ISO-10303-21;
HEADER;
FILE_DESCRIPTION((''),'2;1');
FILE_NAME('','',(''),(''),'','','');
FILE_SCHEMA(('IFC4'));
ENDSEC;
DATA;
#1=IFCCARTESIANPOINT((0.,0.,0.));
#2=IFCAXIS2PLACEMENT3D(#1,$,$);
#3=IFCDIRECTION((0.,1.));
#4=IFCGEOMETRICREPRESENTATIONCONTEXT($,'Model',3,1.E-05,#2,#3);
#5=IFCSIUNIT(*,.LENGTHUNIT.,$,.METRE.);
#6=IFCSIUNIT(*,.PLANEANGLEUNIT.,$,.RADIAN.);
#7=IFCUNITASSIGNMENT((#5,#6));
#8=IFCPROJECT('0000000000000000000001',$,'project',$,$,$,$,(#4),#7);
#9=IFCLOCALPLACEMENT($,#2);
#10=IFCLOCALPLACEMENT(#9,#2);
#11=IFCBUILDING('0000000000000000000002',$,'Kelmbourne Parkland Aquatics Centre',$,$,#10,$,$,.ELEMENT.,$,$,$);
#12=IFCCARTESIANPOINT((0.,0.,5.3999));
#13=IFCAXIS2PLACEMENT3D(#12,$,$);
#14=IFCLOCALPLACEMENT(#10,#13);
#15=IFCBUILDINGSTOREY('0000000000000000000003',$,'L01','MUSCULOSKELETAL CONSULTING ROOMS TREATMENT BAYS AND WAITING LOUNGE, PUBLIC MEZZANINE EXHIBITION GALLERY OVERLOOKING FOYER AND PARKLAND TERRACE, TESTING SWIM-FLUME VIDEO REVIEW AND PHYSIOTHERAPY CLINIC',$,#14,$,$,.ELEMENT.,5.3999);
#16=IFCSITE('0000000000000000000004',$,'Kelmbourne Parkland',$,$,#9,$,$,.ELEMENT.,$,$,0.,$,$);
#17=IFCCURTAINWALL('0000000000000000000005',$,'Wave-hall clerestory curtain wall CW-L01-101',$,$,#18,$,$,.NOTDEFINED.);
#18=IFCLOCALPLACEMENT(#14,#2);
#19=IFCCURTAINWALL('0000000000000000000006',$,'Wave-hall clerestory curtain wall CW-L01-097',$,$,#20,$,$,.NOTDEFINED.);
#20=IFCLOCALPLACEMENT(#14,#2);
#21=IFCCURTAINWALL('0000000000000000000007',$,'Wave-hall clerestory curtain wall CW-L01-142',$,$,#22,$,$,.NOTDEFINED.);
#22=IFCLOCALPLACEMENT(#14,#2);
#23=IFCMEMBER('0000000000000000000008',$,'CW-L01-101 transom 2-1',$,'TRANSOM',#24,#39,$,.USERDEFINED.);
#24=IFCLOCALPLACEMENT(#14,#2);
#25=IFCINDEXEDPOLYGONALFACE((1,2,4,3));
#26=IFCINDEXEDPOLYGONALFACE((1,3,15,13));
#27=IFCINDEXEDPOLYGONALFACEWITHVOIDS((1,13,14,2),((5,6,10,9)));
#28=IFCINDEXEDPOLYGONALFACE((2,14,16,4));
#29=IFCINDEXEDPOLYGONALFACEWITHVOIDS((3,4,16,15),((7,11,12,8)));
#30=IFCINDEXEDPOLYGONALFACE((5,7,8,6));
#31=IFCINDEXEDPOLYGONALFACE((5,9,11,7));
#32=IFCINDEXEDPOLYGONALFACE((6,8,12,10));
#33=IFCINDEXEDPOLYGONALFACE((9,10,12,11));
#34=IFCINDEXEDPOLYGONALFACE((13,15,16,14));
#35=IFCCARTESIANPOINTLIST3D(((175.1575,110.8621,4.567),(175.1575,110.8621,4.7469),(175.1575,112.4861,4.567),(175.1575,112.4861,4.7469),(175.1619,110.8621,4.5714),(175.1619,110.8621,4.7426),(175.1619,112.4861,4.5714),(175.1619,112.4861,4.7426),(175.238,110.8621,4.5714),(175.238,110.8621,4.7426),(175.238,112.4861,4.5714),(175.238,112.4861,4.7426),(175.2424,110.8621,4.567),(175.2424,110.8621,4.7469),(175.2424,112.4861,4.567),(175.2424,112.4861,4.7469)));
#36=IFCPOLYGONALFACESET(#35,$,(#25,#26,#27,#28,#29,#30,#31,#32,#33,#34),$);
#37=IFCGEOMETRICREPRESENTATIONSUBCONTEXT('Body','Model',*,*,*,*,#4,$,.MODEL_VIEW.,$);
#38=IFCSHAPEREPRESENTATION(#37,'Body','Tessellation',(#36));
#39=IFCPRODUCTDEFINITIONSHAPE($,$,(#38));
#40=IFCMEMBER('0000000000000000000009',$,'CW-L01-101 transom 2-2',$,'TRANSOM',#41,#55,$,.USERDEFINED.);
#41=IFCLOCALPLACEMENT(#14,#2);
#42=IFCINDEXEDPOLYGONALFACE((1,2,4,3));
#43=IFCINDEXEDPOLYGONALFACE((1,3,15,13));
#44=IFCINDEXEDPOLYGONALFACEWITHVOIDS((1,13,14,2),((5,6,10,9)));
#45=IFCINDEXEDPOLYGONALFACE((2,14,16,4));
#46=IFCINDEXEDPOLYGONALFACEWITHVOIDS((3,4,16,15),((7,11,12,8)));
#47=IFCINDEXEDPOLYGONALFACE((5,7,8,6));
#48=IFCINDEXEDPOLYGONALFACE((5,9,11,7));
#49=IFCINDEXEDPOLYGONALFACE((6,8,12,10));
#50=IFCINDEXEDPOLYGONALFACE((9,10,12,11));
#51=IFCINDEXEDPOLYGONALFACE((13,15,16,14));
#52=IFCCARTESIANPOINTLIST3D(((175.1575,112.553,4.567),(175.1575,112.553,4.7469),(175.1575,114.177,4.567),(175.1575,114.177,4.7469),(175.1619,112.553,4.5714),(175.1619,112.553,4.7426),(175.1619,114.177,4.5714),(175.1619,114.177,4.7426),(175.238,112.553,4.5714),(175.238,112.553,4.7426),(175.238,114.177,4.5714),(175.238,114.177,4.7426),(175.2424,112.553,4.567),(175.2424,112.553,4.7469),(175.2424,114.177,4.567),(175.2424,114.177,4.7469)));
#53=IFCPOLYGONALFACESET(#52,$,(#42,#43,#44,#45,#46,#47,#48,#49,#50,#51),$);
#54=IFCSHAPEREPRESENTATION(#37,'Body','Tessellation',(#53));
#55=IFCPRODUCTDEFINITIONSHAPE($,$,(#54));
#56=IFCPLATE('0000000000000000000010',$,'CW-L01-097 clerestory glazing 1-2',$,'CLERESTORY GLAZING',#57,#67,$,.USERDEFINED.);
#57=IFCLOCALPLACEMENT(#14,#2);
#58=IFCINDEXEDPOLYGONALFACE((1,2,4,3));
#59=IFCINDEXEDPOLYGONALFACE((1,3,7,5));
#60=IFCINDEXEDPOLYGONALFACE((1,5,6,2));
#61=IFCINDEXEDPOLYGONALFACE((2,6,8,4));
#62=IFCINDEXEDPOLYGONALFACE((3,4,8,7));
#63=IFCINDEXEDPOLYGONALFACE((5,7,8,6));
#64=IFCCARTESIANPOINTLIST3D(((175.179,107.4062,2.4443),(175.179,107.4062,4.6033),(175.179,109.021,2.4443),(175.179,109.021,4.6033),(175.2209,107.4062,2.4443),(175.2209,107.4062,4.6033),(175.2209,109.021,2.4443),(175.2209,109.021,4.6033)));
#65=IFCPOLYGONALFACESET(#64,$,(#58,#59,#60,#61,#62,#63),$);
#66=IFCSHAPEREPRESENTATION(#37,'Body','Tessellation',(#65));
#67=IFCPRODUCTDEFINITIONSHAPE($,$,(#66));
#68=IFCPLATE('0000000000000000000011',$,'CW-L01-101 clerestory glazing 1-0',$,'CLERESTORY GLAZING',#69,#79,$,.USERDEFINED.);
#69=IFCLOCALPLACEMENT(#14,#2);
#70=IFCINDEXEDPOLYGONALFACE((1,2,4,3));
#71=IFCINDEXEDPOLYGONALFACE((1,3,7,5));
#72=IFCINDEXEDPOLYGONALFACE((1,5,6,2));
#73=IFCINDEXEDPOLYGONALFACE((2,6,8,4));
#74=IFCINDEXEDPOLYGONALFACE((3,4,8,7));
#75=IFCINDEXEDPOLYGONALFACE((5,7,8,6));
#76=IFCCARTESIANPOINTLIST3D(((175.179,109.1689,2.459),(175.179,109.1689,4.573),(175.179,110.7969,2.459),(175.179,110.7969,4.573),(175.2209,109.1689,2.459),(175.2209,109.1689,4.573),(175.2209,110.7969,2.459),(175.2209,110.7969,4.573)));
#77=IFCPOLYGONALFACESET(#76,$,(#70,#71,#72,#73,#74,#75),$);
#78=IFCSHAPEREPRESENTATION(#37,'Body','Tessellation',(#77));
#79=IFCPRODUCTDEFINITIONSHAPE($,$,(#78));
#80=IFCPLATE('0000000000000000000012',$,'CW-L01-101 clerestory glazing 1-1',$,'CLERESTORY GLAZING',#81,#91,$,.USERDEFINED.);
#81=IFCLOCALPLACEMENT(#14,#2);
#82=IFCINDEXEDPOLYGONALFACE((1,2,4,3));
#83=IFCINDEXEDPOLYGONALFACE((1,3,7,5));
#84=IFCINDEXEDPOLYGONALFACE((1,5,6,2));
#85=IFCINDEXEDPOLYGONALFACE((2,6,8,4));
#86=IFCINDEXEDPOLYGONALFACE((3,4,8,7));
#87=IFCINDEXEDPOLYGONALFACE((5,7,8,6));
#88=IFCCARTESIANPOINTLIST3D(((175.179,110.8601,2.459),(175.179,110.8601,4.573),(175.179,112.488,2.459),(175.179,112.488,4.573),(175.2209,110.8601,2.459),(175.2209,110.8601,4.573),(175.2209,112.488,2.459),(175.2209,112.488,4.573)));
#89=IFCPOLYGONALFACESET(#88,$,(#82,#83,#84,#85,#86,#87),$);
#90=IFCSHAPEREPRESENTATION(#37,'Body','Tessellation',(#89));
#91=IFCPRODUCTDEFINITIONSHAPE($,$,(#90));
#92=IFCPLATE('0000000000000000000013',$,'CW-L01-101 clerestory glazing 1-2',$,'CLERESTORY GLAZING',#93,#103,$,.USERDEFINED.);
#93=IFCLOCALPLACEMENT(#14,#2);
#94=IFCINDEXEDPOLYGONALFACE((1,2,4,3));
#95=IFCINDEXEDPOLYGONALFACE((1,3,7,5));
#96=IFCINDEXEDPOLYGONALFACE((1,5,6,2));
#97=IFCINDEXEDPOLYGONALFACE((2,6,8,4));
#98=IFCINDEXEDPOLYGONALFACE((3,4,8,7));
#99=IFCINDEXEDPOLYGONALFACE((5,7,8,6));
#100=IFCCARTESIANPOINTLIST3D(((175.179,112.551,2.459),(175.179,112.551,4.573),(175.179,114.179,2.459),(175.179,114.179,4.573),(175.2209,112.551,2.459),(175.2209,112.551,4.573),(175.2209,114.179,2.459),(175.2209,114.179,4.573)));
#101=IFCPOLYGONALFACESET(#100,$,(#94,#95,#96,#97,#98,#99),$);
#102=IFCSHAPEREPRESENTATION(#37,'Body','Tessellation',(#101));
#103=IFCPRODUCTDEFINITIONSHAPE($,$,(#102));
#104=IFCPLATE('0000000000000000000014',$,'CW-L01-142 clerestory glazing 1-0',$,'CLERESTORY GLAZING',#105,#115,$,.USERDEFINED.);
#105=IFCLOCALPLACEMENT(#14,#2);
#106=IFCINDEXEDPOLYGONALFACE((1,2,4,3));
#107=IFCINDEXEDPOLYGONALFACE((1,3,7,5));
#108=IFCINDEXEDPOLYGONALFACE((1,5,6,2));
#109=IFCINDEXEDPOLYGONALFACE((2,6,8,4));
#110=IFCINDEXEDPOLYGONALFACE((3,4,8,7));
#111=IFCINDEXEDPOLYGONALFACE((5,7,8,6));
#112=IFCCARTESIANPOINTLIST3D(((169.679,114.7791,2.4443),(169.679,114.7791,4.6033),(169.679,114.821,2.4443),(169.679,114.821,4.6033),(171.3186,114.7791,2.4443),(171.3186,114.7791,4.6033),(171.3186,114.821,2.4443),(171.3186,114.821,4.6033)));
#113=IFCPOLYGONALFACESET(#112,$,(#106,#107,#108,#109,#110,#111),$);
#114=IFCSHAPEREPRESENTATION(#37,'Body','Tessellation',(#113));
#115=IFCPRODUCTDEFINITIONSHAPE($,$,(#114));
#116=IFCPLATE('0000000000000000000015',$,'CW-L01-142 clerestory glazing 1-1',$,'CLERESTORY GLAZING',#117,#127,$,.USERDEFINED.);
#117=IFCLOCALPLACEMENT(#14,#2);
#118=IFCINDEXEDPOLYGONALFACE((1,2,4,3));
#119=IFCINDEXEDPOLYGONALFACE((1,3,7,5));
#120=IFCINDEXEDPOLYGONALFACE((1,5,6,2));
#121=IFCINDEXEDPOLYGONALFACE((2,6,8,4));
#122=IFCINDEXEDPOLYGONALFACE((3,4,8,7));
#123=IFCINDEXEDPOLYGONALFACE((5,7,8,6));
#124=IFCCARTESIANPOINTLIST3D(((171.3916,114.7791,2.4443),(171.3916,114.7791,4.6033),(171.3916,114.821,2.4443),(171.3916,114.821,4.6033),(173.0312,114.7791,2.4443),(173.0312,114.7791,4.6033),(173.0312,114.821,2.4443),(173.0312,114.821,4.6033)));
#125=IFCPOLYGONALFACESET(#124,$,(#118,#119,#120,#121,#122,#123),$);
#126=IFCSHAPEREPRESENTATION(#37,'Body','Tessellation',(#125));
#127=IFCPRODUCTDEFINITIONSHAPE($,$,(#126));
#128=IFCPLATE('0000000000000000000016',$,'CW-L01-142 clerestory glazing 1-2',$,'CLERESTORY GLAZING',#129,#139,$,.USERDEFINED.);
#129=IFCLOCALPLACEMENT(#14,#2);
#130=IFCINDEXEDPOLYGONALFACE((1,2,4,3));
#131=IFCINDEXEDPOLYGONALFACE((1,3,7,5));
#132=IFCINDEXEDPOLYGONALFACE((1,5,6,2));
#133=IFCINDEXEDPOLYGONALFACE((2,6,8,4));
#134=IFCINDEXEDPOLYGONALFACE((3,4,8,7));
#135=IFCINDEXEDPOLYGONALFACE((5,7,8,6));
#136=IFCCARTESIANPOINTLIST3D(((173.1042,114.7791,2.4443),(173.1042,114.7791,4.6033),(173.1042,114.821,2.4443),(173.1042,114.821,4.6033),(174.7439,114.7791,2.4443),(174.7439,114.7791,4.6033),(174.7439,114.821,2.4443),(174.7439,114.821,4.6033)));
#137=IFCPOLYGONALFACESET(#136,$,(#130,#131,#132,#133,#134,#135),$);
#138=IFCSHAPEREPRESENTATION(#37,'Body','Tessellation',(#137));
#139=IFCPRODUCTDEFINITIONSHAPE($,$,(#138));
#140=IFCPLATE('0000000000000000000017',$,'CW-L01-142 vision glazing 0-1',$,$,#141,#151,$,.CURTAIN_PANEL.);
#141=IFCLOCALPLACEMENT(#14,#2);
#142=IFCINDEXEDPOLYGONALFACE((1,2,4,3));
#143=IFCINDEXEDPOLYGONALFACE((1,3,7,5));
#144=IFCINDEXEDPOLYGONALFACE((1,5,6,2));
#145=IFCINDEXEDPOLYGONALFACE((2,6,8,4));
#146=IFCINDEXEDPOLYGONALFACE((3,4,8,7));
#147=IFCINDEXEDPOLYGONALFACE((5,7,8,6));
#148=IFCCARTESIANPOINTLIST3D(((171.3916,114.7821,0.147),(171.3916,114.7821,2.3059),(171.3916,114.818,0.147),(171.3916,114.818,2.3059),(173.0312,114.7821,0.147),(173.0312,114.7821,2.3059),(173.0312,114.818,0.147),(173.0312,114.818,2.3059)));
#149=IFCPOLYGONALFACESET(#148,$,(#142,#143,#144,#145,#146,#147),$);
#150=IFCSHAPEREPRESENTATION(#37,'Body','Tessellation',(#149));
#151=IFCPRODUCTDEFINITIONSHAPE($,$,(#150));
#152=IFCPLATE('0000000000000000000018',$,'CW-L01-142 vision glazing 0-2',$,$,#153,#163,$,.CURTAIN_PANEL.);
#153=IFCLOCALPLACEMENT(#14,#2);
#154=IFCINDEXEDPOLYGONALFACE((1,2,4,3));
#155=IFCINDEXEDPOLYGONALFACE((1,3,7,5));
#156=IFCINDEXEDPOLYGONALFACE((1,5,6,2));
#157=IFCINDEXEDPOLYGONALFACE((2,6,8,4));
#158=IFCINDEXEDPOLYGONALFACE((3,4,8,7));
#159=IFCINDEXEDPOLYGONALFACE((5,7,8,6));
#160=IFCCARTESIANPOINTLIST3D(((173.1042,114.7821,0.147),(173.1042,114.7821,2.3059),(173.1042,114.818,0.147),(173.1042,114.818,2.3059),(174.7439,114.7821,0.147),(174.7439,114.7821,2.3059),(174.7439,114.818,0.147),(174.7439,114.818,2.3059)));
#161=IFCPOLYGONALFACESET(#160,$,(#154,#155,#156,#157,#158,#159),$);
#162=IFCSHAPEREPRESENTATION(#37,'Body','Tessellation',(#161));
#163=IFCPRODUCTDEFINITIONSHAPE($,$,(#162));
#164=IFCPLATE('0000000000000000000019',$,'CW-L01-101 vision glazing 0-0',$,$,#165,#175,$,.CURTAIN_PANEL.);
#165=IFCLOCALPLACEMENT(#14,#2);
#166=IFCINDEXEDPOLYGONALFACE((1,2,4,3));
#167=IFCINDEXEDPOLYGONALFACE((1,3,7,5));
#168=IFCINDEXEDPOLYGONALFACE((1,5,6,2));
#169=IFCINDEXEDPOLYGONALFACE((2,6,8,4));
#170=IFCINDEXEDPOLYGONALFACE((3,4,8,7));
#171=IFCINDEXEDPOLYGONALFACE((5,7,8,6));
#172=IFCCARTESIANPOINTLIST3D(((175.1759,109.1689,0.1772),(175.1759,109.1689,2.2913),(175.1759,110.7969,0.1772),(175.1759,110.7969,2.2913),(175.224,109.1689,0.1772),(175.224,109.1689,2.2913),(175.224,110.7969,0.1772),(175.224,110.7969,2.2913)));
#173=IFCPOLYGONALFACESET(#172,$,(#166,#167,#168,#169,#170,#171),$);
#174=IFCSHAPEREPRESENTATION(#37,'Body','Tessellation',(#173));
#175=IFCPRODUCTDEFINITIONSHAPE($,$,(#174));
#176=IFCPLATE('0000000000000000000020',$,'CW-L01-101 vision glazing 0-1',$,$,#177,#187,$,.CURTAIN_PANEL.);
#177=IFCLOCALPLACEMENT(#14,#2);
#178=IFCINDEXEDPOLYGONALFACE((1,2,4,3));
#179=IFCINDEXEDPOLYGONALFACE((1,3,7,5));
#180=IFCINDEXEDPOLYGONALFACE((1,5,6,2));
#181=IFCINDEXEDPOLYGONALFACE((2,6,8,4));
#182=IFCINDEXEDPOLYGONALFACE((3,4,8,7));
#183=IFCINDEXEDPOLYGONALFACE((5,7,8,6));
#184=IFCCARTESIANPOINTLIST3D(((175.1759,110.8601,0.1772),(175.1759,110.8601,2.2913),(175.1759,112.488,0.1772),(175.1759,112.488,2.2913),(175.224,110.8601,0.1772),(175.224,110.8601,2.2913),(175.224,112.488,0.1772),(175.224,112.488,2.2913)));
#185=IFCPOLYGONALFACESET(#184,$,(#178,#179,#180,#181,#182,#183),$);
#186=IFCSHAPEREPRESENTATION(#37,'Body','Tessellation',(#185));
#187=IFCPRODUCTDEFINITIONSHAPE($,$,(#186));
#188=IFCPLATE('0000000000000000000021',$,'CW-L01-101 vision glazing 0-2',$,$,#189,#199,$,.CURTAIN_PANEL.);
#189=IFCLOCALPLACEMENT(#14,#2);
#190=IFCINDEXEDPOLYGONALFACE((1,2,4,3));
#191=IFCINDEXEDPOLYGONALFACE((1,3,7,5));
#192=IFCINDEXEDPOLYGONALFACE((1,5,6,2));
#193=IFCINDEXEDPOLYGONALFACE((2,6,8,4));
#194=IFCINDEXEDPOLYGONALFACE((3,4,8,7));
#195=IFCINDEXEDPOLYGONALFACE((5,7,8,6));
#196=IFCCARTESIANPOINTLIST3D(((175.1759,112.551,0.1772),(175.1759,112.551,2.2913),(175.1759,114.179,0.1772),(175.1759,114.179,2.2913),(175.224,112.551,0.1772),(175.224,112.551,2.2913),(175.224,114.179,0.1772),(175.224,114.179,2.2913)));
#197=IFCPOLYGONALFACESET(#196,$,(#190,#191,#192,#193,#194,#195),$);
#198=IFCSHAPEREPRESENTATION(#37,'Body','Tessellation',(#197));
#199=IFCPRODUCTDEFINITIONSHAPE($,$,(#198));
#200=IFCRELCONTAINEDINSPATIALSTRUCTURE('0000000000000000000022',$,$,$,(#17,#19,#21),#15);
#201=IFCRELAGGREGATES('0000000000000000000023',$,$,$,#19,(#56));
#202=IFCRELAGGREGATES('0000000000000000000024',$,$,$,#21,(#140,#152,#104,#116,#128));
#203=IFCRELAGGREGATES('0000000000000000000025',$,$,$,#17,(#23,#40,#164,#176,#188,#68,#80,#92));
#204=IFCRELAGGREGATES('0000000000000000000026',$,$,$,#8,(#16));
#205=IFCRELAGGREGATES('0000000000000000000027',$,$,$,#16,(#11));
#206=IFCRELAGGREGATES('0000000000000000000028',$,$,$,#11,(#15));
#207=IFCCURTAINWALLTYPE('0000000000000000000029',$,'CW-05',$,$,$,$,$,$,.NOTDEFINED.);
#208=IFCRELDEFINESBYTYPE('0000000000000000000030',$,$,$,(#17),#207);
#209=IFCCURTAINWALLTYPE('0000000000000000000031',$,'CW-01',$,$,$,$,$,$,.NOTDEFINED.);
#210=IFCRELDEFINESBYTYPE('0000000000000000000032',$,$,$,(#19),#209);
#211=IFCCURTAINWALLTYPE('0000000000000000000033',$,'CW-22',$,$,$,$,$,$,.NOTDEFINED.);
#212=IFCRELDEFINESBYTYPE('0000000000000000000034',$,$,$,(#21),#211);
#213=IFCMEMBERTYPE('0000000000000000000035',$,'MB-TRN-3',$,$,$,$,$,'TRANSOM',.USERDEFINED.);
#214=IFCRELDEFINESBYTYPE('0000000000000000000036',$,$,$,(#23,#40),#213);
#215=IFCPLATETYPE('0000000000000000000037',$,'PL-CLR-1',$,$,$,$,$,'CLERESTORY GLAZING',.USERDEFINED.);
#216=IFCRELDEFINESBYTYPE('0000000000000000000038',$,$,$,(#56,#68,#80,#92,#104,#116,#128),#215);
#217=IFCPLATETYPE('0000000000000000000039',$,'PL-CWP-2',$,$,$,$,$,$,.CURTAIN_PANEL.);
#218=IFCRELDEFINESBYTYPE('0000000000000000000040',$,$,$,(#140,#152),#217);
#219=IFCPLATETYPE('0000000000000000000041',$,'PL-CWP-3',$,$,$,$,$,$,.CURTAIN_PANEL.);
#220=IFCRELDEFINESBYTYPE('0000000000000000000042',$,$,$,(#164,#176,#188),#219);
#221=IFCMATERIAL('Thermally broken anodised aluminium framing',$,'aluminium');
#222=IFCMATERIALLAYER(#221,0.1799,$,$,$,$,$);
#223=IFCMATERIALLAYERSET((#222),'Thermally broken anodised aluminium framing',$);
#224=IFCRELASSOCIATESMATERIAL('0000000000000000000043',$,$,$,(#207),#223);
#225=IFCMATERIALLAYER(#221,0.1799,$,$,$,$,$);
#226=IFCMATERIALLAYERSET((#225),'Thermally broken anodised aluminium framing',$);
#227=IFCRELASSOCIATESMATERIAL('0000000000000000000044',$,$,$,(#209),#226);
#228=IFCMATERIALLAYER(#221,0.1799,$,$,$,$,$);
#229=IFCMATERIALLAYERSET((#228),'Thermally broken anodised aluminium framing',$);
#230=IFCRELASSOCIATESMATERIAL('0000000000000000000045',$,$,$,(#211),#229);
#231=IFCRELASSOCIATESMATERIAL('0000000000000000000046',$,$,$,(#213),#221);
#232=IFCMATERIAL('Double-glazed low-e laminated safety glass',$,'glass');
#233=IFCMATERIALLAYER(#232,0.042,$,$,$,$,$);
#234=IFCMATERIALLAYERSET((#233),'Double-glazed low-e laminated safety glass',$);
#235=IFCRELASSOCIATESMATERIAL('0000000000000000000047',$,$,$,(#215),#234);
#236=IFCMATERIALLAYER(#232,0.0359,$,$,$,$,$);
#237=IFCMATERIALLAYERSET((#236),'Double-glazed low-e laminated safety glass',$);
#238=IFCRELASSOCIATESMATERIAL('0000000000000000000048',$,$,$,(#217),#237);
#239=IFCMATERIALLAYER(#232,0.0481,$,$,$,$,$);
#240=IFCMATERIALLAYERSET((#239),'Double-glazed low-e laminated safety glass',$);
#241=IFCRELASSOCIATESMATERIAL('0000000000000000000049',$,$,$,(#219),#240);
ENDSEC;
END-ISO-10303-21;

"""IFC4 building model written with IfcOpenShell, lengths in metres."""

from ifc_helpers import new_model, si_unit, direction, frame, origin, origin_2d, place, context, subcontext, project, spatial, rectangle, hollow_rectangle, extrude, material, layer, layer_set, material_profile, profile_set, type_object, element, aggregate, save


model = new_model("IFC4")

# Units and contexts
model_context = context("Model", 3, precision=1e-05, world=origin(), true_north=direction((0.0, 1.0)))
body_context = subcontext(model_context, "Body", "Model", "MODEL_VIEW")
ifc_project = project(units=[si_unit("LENGTHUNIT", "METRE"), si_unit("PLANEANGLEUNIT", "RADIAN")], contexts=[model_context])

# Site, building, storey
site_placement = place(None, origin())
site = spatial("IfcSite", under=ifc_project, at=site_placement, Name="Kelmbourne Parkland", CompositionType="ELEMENT", RefElevation=0.0)
building_placement = place(site_placement, origin())
building = spatial("IfcBuilding", under=site, at=building_placement, Name="Kelmbourne Parkland Aquatics Centre", CompositionType="ELEMENT")
storey_placement = place(building_placement, frame((0.0, 0.0, 5.3999)))
storey = spatial("IfcBuildingStorey", under=building, at=storey_placement, Name="L01", Description="MUSCULOSKELETAL CONSULTING ROOMS TREATMENT BAYS AND WAITING LOUNGE, PUBLIC MEZZANINE EXHIBITION GALLERY OVERLOOKING FOYER AND PARKLAND TERRACE, TESTING SWIM-FLUME VIDEO REVIEW AND PHYSIOTHERAPY CLINIC", CompositionType="ELEMENT", Elevation=5.3999)

# Curtain wall
ifc_material_1 = material(Name="Thermally broken anodised aluminium framing", Category="aluminium")
ifc_layer_1 = layer(ifc_material_1, 0.1799)
ifc_layer_set_1 = layer_set([ifc_layer_1], Name="Thermally broken anodised aluminium framing")
curtain_wall_type_1 = type_object("IfcCurtainWallType", Name="CW-05", PredefinedType="NOTDEFINED", material=ifc_layer_set_1)
curtain_wall_1_placement = place(storey_placement, origin())
curtain_wall_1 = element("IfcCurtainWall", 1, at=curtain_wall_1_placement, inside=storey, type_object=curtain_wall_type_1, Name="Wave-hall clerestory curtain wall CW-L01-101", PredefinedType="NOTDEFINED")

# Curtain wall
ifc_layer_2 = layer(ifc_material_1, 0.1799)
ifc_layer_set_2 = layer_set([ifc_layer_2], Name="Thermally broken anodised aluminium framing")
curtain_wall_type_2 = type_object("IfcCurtainWallType", Name="CW-01", PredefinedType="NOTDEFINED", material=ifc_layer_set_2)
curtain_wall_2_placement = place(storey_placement, origin())
curtain_wall_2 = element("IfcCurtainWall", 2, at=curtain_wall_2_placement, inside=storey, type_object=curtain_wall_type_2, Name="Wave-hall clerestory curtain wall CW-L01-097", PredefinedType="NOTDEFINED")

# Curtain wall
ifc_layer_3 = layer(ifc_material_1, 0.1799)
ifc_layer_set_3 = layer_set([ifc_layer_3], Name="Thermally broken anodised aluminium framing")
curtain_wall_type_3 = type_object("IfcCurtainWallType", Name="CW-22", PredefinedType="NOTDEFINED", material=ifc_layer_set_3)
curtain_wall_3_placement = place(storey_placement, origin())
curtain_wall_3 = element("IfcCurtainWall", 3, at=curtain_wall_3_placement, inside=storey, type_object=curtain_wall_type_3, Name="Wave-hall clerestory curtain wall CW-L01-142", PredefinedType="NOTDEFINED")

# Members
ifc_material_profile_1 = material_profile(ifc_material_1, hollow_rectangle(XDim=0.085, YDim=0.1799, WallThickness=0.0044, at=origin_2d()), Name="CW-T 85x180")
ifc_profile_set_1 = profile_set([ifc_material_profile_1], Name="Thermally broken anodised aluminium framing")
member_type_1 = type_object("IfcMemberType", Name="MB-TRN-3", ElementType="TRANSOM", PredefinedType="USERDEFINED", material=ifc_profile_set_1)
member_1_placement = place(storey_placement, frame((175.2, 110.8621, 4.657), z_axis=(0.0, 1.0, 0.0), x_axis=(-1.0, 0.0, 0.0)))
member_1 = element("IfcMember", 4, at=member_1_placement, type_object=member_type_1, Name="CW-L01-101 transom 2-1", ObjectType="TRANSOM", PredefinedType="USERDEFINED", context=body_context, shape_type="SweptSolid", body=[
    extrude(hollow_rectangle(XDim=0.085, YDim=0.1799, WallThickness=0.0044, at=origin_2d()), origin(), (0.0, 0.0, 1.0), 1.624),
])
member_2_placement = place(storey_placement, frame((175.2, 112.553, 4.657), z_axis=(0.0, 1.0, 0.0), x_axis=(-1.0, 0.0, 0.0)))
member_2 = element("IfcMember", 5, at=member_2_placement, type_object=member_type_1, Name="CW-L01-101 transom 2-2", ObjectType="TRANSOM", PredefinedType="USERDEFINED", context=body_context, shape_type="SweptSolid", body=[
    extrude(hollow_rectangle(XDim=0.085, YDim=0.1799, WallThickness=0.0044, at=origin_2d()), origin(), (0.0, 0.0, 1.0), 1.624),
])

# Plates
ifc_material_2 = material(Name="Double-glazed low-e laminated safety glass", Category="glass")
ifc_layer_4 = layer(ifc_material_2, 0.042)
ifc_layer_set_4 = layer_set([ifc_layer_4], Name="Double-glazed low-e laminated safety glass")
plate_type_1 = type_object("IfcPlateType", Name="PL-CLR-1", ElementType="CLERESTORY GLAZING", PredefinedType="USERDEFINED", material=ifc_layer_set_4)
plate_1_placement = place(storey_placement, frame((175.2, 108.2136, 2.4443), z_axis=(0.0, 0.0, 1.0), x_axis=(0.0, 1.0, 0.0)))
plate_1 = element("IfcPlate", 6, at=plate_1_placement, type_object=plate_type_1, Name="CW-L01-097 clerestory glazing 1-2", ObjectType="CLERESTORY GLAZING", PredefinedType="USERDEFINED", context=body_context, shape_type="SweptSolid", body=[
    extrude(rectangle(XDim=1.6147, YDim=0.042, at=origin_2d()), origin(), (0.0, 0.0, 1.0), 2.1589),
])
aggregate(curtain_wall_2, [plate_1])
plate_2_placement = place(storey_placement, frame((175.2, 109.9829, 2.459), z_axis=(0.0, 0.0, 1.0), x_axis=(0.0, 1.0, 0.0)))
plate_2 = element("IfcPlate", 7, at=plate_2_placement, type_object=plate_type_1, Name="CW-L01-101 clerestory glazing 1-0", ObjectType="CLERESTORY GLAZING", PredefinedType="USERDEFINED", context=body_context, shape_type="SweptSolid", body=[
    extrude(rectangle(XDim=1.6279, YDim=0.042, at=origin_2d()), origin(), (0.0, 0.0, 1.0), 2.114),
])
plate_3_placement = place(storey_placement, frame((175.2, 111.6741, 2.459), z_axis=(0.0, 0.0, 1.0), x_axis=(0.0, 1.0, 0.0)))
plate_3 = element("IfcPlate", 8, at=plate_3_placement, type_object=plate_type_1, Name="CW-L01-101 clerestory glazing 1-1", ObjectType="CLERESTORY GLAZING", PredefinedType="USERDEFINED", context=body_context, shape_type="SweptSolid", body=[
    extrude(rectangle(XDim=1.6279, YDim=0.042, at=origin_2d()), origin(), (0.0, 0.0, 1.0), 2.114),
])
plate_4_placement = place(storey_placement, frame((175.2, 113.365, 2.459), z_axis=(0.0, 0.0, 1.0), x_axis=(0.0, 1.0, 0.0)))
plate_4 = element("IfcPlate", 9, at=plate_4_placement, type_object=plate_type_1, Name="CW-L01-101 clerestory glazing 1-2", ObjectType="CLERESTORY GLAZING", PredefinedType="USERDEFINED", context=body_context, shape_type="SweptSolid", body=[
    extrude(rectangle(XDim=1.6279, YDim=0.042, at=origin_2d()), origin(), (0.0, 0.0, 1.0), 2.114),
])
plate_5_placement = place(storey_placement, frame((170.4988, 114.8, 2.4443), z_axis=(0.0, 0.0, 1.0), x_axis=(1.0, 0.0, 0.0)))
plate_5 = element("IfcPlate", 10, at=plate_5_placement, type_object=plate_type_1, Name="CW-L01-142 clerestory glazing 1-0", ObjectType="CLERESTORY GLAZING", PredefinedType="USERDEFINED", context=body_context, shape_type="SweptSolid", body=[
    extrude(rectangle(XDim=1.6396, YDim=0.042, at=origin_2d()), origin(), (0.0, 0.0, 1.0), 2.1589),
])
plate_6_placement = place(storey_placement, frame((172.2114, 114.8, 2.4443), z_axis=(0.0, 0.0, 1.0), x_axis=(1.0, 0.0, 0.0)))
plate_6 = element("IfcPlate", 11, at=plate_6_placement, type_object=plate_type_1, Name="CW-L01-142 clerestory glazing 1-1", ObjectType="CLERESTORY GLAZING", PredefinedType="USERDEFINED", context=body_context, shape_type="SweptSolid", body=[
    extrude(rectangle(XDim=1.6396, YDim=0.042, at=origin_2d()), origin(), (0.0, 0.0, 1.0), 2.1589),
])
plate_7_placement = place(storey_placement, frame((173.9241, 114.8, 2.4443), z_axis=(0.0, 0.0, 1.0), x_axis=(1.0, 0.0, 0.0)))
plate_7 = element("IfcPlate", 12, at=plate_7_placement, type_object=plate_type_1, Name="CW-L01-142 clerestory glazing 1-2", ObjectType="CLERESTORY GLAZING", PredefinedType="USERDEFINED", context=body_context, shape_type="SweptSolid", body=[
    extrude(rectangle(XDim=1.6396, YDim=0.042, at=origin_2d()), origin(), (0.0, 0.0, 1.0), 2.1589),
])
ifc_layer_5 = layer(ifc_material_2, 0.0359)
ifc_layer_set_5 = layer_set([ifc_layer_5], Name="Double-glazed low-e laminated safety glass")
plate_type_2 = type_object("IfcPlateType", Name="PL-CWP-2", PredefinedType="CURTAIN_PANEL", material=ifc_layer_set_5)
plate_8_placement = place(storey_placement, frame((172.2114, 114.8, 0.147), z_axis=(0.0, 0.0, 1.0), x_axis=(1.0, 0.0, 0.0)))
plate_8 = element("IfcPlate", 13, at=plate_8_placement, type_object=plate_type_2, Name="CW-L01-142 vision glazing 0-1", PredefinedType="CURTAIN_PANEL", context=body_context, shape_type="SweptSolid", body=[
    extrude(rectangle(XDim=1.6396, YDim=0.0359, at=origin_2d()), origin(), (0.0, 0.0, 1.0), 2.1589),
])
plate_9_placement = place(storey_placement, frame((173.9241, 114.8, 0.147), z_axis=(0.0, 0.0, 1.0), x_axis=(1.0, 0.0, 0.0)))
plate_9 = element("IfcPlate", 14, at=plate_9_placement, type_object=plate_type_2, Name="CW-L01-142 vision glazing 0-2", PredefinedType="CURTAIN_PANEL", context=body_context, shape_type="SweptSolid", body=[
    extrude(rectangle(XDim=1.6396, YDim=0.0359, at=origin_2d()), origin(), (0.0, 0.0, 1.0), 2.1589),
])
aggregate(curtain_wall_3, [plate_8, plate_9, plate_5, plate_6, plate_7])
ifc_layer_6 = layer(ifc_material_2, 0.0481)
ifc_layer_set_6 = layer_set([ifc_layer_6], Name="Double-glazed low-e laminated safety glass")
plate_type_3 = type_object("IfcPlateType", Name="PL-CWP-3", PredefinedType="CURTAIN_PANEL", material=ifc_layer_set_6)
plate_10_placement = place(storey_placement, frame((175.2, 109.9829, 0.1772), z_axis=(0.0, 0.0, 1.0), x_axis=(0.0, 1.0, 0.0)))
plate_10 = element("IfcPlate", 15, at=plate_10_placement, type_object=plate_type_3, Name="CW-L01-101 vision glazing 0-0", PredefinedType="CURTAIN_PANEL", context=body_context, shape_type="SweptSolid", body=[
    extrude(rectangle(XDim=1.6279, YDim=0.0481, at=origin_2d()), origin(), (0.0, 0.0, 1.0), 2.114),
])
plate_11_placement = place(storey_placement, frame((175.2, 111.6741, 0.1772), z_axis=(0.0, 0.0, 1.0), x_axis=(0.0, 1.0, 0.0)))
plate_11 = element("IfcPlate", 16, at=plate_11_placement, type_object=plate_type_3, Name="CW-L01-101 vision glazing 0-1", PredefinedType="CURTAIN_PANEL", context=body_context, shape_type="SweptSolid", body=[
    extrude(rectangle(XDim=1.6279, YDim=0.0481, at=origin_2d()), origin(), (0.0, 0.0, 1.0), 2.114),
])
plate_12_placement = place(storey_placement, frame((175.2, 113.365, 0.1772), z_axis=(0.0, 0.0, 1.0), x_axis=(0.0, 1.0, 0.0)))
plate_12 = element("IfcPlate", 17, at=plate_12_placement, type_object=plate_type_3, Name="CW-L01-101 vision glazing 0-2", PredefinedType="CURTAIN_PANEL", context=body_context, shape_type="SweptSolid", body=[
    extrude(rectangle(XDim=1.6279, YDim=0.0481, at=origin_2d()), origin(), (0.0, 0.0, 1.0), 2.114),
])
aggregate(curtain_wall_1, [member_1, member_2, plate_10, plate_11, plate_12, plate_2, plate_3, plate_4])

save(model, "model.ifc")
